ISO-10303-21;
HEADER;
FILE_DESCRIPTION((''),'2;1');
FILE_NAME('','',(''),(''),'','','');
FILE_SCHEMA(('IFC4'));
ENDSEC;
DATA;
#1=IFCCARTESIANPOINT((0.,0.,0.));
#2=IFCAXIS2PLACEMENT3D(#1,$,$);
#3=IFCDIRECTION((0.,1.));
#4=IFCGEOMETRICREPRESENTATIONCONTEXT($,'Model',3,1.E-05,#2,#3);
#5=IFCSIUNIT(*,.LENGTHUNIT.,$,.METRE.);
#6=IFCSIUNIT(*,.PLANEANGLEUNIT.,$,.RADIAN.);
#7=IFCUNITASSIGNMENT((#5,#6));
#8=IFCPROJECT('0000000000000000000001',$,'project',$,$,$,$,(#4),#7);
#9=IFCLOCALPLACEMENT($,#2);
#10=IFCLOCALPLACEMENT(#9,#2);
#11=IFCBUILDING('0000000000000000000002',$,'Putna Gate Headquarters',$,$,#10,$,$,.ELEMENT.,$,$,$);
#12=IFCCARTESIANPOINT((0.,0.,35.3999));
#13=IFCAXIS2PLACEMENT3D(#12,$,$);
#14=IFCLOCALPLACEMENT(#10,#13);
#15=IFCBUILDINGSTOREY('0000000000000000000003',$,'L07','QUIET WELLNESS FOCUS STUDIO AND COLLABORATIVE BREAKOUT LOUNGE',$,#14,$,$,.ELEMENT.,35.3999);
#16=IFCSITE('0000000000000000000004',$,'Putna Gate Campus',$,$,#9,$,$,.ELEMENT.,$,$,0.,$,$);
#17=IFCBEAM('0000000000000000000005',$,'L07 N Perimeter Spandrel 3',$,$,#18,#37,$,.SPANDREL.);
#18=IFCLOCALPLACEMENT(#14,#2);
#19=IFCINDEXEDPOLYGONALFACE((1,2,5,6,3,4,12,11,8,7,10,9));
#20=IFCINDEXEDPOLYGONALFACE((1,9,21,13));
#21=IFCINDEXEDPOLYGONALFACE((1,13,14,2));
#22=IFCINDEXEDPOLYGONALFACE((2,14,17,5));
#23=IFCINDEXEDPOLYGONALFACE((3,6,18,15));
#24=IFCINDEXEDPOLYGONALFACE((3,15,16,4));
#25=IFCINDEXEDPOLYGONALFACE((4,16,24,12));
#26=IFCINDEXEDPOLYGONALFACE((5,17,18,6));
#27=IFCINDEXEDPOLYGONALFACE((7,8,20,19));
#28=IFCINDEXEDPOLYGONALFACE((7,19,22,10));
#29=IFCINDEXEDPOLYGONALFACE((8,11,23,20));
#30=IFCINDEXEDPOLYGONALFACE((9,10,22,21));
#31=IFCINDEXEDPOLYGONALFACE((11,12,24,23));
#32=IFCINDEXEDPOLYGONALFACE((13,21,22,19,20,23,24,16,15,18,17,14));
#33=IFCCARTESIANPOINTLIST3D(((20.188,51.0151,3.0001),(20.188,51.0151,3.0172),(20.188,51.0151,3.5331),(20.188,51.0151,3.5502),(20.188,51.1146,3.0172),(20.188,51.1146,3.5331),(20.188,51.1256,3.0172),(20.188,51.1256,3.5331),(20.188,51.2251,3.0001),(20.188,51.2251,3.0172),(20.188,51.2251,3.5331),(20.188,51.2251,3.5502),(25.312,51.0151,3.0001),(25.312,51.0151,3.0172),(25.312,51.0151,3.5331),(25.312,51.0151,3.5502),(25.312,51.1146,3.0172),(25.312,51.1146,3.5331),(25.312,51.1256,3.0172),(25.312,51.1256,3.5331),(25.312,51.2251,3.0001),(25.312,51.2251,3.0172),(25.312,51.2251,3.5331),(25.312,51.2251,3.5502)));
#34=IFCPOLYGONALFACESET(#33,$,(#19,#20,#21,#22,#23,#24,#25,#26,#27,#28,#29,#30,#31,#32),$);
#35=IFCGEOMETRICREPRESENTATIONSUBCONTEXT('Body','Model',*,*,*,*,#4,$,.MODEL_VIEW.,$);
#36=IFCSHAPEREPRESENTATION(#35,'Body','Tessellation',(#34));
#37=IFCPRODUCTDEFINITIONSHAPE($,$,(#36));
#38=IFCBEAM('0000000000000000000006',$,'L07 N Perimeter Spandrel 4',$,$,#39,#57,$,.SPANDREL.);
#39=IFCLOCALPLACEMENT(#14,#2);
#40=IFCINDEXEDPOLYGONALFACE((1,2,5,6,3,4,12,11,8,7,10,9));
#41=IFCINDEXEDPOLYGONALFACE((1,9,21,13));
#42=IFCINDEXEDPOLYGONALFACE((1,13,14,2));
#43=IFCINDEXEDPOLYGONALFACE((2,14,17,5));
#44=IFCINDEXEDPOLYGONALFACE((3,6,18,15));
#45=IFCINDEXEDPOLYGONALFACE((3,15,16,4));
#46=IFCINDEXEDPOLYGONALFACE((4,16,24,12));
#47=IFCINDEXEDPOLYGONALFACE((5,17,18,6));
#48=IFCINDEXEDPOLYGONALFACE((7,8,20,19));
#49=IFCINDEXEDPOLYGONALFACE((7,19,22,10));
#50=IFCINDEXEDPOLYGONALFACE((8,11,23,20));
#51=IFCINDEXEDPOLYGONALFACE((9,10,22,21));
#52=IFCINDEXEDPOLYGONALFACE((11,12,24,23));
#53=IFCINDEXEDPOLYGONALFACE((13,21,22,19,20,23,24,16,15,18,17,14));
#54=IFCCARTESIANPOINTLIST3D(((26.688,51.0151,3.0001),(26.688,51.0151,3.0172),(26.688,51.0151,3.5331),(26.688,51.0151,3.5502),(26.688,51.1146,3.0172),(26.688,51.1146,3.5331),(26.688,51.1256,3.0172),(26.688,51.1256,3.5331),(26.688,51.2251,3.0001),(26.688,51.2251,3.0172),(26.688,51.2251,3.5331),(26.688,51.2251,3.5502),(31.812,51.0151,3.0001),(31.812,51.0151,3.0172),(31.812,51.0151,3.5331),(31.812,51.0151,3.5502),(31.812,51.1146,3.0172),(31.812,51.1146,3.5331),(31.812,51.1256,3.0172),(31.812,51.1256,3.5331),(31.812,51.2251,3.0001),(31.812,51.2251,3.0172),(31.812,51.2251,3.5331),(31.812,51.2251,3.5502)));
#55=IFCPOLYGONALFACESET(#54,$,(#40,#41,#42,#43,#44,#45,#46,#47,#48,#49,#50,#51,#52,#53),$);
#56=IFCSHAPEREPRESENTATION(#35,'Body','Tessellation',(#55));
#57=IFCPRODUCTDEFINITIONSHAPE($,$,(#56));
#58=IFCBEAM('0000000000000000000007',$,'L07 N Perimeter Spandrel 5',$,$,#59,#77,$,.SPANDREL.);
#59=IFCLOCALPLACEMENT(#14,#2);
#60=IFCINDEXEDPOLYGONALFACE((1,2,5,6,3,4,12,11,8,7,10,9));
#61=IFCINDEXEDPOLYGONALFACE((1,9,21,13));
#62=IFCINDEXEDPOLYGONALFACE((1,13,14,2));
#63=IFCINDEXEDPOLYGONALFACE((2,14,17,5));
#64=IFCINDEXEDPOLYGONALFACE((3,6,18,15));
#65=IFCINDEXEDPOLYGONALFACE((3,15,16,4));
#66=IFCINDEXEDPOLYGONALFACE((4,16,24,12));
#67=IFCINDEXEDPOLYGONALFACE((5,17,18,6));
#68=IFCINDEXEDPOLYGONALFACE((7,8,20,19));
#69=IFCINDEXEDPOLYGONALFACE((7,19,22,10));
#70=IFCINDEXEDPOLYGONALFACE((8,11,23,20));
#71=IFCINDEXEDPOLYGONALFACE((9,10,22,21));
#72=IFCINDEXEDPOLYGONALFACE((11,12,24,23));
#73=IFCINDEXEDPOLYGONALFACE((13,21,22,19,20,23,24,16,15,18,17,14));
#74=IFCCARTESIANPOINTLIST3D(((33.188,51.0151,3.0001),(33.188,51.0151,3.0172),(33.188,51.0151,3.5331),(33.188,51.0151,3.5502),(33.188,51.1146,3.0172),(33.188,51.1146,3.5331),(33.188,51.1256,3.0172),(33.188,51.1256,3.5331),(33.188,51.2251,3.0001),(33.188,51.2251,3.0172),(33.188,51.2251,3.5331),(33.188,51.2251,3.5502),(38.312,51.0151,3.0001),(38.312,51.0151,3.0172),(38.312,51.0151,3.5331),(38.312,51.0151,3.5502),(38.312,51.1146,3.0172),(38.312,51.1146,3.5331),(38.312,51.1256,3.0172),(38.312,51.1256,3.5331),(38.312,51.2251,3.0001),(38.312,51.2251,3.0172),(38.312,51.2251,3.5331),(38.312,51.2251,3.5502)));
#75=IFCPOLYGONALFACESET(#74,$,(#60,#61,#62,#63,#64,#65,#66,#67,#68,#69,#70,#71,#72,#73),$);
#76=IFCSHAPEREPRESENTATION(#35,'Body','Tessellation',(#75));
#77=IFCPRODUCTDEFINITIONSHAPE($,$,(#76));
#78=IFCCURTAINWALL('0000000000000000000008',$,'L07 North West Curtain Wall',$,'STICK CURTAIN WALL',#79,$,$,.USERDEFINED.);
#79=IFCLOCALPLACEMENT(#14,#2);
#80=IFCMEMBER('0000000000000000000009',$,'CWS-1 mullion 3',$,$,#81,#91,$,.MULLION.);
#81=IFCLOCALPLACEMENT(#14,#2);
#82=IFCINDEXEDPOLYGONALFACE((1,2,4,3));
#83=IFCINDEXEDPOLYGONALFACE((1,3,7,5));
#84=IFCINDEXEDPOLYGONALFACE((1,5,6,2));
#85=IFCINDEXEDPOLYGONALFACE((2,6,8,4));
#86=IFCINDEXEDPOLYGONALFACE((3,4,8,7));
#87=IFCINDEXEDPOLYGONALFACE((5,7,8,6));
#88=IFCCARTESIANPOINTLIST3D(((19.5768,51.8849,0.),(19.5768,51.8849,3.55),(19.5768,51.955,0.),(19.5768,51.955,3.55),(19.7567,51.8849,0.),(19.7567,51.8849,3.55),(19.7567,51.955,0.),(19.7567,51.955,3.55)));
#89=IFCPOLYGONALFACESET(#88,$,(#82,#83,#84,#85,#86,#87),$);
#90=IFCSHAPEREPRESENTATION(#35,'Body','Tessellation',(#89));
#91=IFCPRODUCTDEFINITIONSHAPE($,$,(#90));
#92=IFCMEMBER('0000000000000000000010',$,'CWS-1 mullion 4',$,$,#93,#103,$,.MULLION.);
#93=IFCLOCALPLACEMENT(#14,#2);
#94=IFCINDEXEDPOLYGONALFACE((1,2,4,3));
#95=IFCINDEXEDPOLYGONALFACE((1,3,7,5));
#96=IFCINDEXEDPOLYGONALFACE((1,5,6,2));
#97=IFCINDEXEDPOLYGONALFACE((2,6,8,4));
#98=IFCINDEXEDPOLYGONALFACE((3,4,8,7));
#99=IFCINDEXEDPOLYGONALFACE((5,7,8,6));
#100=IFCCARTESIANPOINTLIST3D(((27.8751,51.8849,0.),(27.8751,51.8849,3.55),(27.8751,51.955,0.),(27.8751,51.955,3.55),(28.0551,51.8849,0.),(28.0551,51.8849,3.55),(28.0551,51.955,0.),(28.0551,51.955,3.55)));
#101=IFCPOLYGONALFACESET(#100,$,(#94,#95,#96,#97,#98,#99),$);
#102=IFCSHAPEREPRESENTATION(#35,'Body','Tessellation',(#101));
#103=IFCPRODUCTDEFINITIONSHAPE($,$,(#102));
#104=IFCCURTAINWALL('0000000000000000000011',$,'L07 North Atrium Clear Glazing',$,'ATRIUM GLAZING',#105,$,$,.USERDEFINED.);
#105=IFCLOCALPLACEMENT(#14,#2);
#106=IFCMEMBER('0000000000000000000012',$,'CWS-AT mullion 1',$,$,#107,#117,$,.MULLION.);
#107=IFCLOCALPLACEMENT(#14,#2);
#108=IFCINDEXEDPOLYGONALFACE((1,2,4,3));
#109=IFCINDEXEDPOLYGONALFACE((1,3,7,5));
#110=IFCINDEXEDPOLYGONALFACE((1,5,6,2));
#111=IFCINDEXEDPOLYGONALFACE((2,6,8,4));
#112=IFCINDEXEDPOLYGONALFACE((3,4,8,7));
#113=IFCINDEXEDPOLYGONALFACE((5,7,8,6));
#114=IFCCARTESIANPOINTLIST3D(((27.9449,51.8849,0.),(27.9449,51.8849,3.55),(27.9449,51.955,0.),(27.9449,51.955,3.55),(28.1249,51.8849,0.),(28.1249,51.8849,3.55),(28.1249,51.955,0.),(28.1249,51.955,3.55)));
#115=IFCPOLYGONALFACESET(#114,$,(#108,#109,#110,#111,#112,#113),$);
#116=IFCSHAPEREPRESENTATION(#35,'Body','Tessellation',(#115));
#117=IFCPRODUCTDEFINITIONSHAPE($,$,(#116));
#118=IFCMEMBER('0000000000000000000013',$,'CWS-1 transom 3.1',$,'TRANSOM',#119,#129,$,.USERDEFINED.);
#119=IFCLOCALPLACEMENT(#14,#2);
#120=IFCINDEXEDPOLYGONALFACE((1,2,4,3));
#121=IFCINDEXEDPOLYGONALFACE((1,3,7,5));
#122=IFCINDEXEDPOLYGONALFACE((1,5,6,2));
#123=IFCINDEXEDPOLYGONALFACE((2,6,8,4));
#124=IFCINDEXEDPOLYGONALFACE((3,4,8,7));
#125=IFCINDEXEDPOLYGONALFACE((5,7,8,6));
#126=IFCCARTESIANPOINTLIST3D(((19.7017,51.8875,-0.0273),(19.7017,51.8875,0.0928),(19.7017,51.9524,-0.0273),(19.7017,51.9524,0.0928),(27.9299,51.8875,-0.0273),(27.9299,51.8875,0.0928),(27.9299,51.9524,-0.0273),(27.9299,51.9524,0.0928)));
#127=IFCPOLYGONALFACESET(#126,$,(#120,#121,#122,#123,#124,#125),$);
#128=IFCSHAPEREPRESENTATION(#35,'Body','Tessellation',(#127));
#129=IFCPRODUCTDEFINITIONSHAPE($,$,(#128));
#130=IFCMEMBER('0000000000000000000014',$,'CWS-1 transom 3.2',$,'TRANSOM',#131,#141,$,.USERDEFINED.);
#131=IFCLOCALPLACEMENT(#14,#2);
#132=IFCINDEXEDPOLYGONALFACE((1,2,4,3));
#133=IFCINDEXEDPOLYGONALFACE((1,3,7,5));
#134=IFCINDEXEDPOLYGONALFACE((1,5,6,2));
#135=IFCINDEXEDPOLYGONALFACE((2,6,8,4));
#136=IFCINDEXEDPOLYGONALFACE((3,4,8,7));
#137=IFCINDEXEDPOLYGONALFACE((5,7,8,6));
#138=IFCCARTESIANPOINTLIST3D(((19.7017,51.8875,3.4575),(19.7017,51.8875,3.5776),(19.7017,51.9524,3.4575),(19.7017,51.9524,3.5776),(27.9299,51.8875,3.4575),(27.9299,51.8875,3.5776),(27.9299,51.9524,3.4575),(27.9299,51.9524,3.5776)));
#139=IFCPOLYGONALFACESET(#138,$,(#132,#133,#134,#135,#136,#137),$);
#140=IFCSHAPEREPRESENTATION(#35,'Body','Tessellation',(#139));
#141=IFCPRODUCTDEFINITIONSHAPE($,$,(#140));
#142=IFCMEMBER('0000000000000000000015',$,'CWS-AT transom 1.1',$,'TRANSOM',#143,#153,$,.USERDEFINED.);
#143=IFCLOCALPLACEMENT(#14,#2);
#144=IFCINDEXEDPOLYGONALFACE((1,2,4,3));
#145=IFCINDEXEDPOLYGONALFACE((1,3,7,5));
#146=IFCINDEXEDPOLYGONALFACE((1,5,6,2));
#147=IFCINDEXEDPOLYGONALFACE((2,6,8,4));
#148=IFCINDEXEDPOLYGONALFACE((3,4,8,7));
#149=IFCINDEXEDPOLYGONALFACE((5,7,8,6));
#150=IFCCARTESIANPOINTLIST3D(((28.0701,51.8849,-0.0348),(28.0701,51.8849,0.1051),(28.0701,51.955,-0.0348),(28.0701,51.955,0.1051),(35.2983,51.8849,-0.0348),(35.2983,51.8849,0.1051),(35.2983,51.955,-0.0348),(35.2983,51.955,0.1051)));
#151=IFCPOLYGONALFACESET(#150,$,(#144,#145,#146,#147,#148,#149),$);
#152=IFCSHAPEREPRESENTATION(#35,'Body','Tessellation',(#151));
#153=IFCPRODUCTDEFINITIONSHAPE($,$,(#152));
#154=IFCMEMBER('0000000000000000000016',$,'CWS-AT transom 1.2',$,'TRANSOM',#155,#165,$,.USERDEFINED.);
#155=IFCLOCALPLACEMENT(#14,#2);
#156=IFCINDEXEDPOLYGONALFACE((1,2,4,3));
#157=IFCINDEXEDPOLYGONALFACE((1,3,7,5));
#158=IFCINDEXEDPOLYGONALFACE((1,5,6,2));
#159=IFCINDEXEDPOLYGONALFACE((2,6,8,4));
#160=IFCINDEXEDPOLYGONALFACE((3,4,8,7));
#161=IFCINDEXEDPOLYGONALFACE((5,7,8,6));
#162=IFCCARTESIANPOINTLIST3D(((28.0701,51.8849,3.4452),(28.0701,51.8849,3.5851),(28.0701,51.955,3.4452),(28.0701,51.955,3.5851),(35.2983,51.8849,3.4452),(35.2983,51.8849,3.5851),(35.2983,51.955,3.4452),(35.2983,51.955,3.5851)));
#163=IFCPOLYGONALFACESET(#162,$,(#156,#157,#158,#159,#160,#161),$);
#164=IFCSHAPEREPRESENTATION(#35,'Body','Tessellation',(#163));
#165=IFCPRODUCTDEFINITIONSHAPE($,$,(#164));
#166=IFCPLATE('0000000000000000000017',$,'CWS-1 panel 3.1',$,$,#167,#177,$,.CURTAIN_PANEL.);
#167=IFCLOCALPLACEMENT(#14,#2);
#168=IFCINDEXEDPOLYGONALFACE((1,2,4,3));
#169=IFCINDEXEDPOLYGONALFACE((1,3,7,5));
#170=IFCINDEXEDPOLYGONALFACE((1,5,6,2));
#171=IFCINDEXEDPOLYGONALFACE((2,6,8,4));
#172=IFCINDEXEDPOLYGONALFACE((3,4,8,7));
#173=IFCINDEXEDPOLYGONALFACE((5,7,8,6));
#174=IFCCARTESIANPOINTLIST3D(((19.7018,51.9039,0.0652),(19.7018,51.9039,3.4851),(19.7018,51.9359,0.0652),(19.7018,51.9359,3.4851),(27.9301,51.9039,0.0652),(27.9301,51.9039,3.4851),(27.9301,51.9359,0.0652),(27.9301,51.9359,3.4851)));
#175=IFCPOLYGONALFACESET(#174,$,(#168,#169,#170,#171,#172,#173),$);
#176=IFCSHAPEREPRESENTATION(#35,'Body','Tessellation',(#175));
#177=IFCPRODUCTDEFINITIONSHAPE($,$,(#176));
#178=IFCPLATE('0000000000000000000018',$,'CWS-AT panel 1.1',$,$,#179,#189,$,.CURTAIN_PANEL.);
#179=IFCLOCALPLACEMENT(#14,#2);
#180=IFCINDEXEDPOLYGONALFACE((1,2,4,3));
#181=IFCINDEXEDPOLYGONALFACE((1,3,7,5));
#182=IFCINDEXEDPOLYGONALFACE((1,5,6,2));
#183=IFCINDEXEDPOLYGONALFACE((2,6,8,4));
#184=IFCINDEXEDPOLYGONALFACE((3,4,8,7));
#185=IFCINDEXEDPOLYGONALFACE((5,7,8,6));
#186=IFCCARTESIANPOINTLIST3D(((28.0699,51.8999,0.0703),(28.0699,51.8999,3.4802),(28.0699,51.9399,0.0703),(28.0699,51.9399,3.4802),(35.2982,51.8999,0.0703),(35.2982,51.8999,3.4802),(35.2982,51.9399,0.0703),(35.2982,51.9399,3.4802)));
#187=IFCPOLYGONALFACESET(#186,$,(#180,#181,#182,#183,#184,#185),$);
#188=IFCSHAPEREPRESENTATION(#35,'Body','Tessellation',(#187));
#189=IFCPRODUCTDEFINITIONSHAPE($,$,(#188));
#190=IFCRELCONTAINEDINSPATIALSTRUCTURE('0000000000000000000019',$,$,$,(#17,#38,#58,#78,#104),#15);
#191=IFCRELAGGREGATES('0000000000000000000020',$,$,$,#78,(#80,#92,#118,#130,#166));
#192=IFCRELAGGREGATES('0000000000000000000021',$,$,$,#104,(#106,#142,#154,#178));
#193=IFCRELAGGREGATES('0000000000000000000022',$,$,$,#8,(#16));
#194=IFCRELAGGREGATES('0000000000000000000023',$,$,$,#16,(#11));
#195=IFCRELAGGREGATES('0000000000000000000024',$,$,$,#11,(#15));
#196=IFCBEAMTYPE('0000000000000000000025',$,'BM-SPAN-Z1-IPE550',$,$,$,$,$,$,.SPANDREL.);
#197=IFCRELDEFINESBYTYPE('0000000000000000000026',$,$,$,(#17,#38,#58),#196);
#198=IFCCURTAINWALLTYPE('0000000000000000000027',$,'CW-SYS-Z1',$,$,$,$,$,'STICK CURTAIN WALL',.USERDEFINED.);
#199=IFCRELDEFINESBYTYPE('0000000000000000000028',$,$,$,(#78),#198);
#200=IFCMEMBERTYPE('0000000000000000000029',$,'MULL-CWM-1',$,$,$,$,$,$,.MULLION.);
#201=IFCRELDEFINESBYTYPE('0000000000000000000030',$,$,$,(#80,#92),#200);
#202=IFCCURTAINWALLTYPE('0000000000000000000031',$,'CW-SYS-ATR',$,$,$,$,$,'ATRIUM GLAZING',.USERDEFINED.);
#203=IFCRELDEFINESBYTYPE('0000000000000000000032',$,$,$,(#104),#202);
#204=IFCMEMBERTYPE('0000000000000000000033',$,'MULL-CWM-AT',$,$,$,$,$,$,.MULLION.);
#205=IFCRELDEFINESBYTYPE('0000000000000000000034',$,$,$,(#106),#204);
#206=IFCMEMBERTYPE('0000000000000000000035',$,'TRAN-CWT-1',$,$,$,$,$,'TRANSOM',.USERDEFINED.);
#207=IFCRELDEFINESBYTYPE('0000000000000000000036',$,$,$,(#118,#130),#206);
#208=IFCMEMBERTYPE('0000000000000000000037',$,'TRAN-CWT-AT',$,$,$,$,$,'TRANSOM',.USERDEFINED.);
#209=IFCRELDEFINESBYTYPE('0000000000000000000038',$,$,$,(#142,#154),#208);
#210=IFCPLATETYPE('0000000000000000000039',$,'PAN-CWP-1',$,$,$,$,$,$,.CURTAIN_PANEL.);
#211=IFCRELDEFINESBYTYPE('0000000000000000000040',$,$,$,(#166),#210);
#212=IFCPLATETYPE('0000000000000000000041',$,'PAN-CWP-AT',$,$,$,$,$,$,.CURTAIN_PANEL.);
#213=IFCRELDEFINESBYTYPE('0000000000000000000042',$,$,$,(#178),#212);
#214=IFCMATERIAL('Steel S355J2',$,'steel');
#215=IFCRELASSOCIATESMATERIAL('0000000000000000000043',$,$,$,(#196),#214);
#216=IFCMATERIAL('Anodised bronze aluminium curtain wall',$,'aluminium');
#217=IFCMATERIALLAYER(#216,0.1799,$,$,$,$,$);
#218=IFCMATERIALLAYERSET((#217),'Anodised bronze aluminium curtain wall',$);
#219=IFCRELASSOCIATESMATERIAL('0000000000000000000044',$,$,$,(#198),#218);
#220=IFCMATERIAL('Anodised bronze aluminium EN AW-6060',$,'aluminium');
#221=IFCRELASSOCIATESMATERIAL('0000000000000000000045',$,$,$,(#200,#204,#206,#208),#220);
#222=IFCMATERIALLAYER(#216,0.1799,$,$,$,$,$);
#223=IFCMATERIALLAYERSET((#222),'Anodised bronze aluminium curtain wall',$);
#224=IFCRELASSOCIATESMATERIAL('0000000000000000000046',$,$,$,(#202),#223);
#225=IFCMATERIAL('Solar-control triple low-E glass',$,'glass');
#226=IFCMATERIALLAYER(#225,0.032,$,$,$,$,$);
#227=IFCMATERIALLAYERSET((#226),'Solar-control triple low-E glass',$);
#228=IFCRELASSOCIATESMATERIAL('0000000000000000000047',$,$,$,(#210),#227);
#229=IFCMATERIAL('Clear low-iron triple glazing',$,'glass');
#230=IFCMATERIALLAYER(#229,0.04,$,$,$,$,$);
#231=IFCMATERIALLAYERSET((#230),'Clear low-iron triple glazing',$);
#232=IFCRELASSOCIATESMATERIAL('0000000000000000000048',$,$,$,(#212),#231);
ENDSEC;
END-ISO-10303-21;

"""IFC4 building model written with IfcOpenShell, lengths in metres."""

from ifc_helpers import new_model, si_unit, direction, frame, origin, origin_2d, place, context, subcontext, project, spatial, rectangle, i_section, extrude, material, layer, layer_set, material_profile, profile_set, type_object, element, aggregate, save


model = new_model("IFC4")

# Units and contexts
model_context = context("Model", 3, precision=1e-05, world=origin(), true_north=direction((0.0, 1.0)))
body_context = subcontext(model_context, "Body", "Model", "MODEL_VIEW")
ifc_project = project(units=[si_unit("LENGTHUNIT", "METRE"), si_unit("PLANEANGLEUNIT", "RADIAN")], contexts=[model_context])

# Site, building, storey
site_placement = place(None, origin())
site = spatial("IfcSite", under=ifc_project, at=site_placement, Name="Putna Gate Campus", CompositionType="ELEMENT", RefElevation=0.0)
building_placement = place(site_placement, origin())
building = spatial("IfcBuilding", under=site, at=building_placement, Name="Putna Gate Headquarters", CompositionType="ELEMENT")
storey_placement = place(building_placement, frame((0.0, 0.0, 35.3999)))
storey = spatial("IfcBuildingStorey", under=building, at=storey_placement, Name="L07", Description="QUIET WELLNESS FOCUS STUDIO AND COLLABORATIVE BREAKOUT LOUNGE", CompositionType="ELEMENT", Elevation=35.3999)

# Beams
ifc_material_1 = material(Name="Steel S355J2", Category="steel")
ifc_material_profile_1 = material_profile(ifc_material_1, i_section(OverallWidth=0.21, OverallDepth=0.55, WebThickness=0.011, FlangeThickness=0.0171, at=origin_2d()), Name="Steel S355J2")
ifc_profile_set_1 = profile_set([ifc_material_profile_1], Name="Steel S355J2")
beam_type_1 = type_object("IfcBeamType", Name="BM-SPAN-Z1-IPE550", PredefinedType="SPANDREL", material=ifc_profile_set_1)
for number, where, z_axis, x_axis, name in (
    (1, (20.188, 51.1201, 3.2751), (1.0, 0.0, 0.0), (0.0, 1.0, 0.0), "L07 N Perimeter Spandrel 3"),
    (2, (26.688, 51.1201, 3.2751), (1.0, 0.0, 0.0), (0.0, 1.0, 0.0), "L07 N Perimeter Spandrel 4"),
    (3, (33.188, 51.1201, 3.2751), (1.0, 0.0, 0.0), (0.0, 1.0, 0.0), "L07 N Perimeter Spandrel 5"),
):
    element("IfcBeam", number, at=place(storey_placement, frame(where, z_axis=z_axis, x_axis=x_axis)), inside=storey, type_object=beam_type_1, Name=name, PredefinedType="SPANDREL", context=body_context, shape_type="SweptSolid", body=[
        extrude(i_section(OverallWidth=0.21, OverallDepth=0.55, WebThickness=0.011, FlangeThickness=0.0171, at=origin_2d()), origin(), (0.0, 0.0, 1.0), 5.124),
    ])

# Curtain wall, members
ifc_material_2 = material(Name="Anodised bronze aluminium curtain wall", Category="aluminium")
ifc_layer_1 = layer(ifc_material_2, 0.1799)
ifc_layer_set_1 = layer_set([ifc_layer_1], Name="Anodised bronze aluminium curtain wall")
curtain_wall_type_1 = type_object("IfcCurtainWallType", Name="CW-SYS-Z1", ElementType="STICK CURTAIN WALL", PredefinedType="USERDEFINED", material=ifc_layer_set_1)
curtain_wall_1_placement = place(storey_placement, origin())
curtain_wall_1 = element("IfcCurtainWall", 4, at=curtain_wall_1_placement, inside=storey, type_object=curtain_wall_type_1, Name="L07 North West Curtain Wall", ObjectType="STICK CURTAIN WALL", PredefinedType="USERDEFINED")
ifc_material_3 = material(Name="Anodised bronze aluminium EN AW-6060", Category="aluminium")
ifc_material_profile_2 = material_profile(ifc_material_3, rectangle(XDim=0.0701, YDim=0.1799, at=origin_2d()), Name="Anodised bronze aluminium EN AW-6060")
ifc_profile_set_2 = profile_set([ifc_material_profile_2], Name="Anodised bronze aluminium EN AW-6060")
member_type_1 = type_object("IfcMemberType", Name="MULL-CWM-1", PredefinedType="MULLION", material=ifc_profile_set_2)
member_1_placement = place(storey_placement, frame((19.6667, 51.9199, 0.0), z_axis=(0.0, 0.0, 1.0), x_axis=(0.0, 1.0, 0.0)))
member_1 = element("IfcMember", 5, at=member_1_placement, type_object=member_type_1, Name="CWS-1 mullion 3", PredefinedType="MULLION", context=body_context, shape_type="SweptSolid", body=[
    extrude(rectangle(XDim=0.0701, YDim=0.1799, at=origin_2d()), origin(), (0.0, 0.0, 1.0), 3.55),
])
member_2_placement = place(storey_placement, frame((27.9651, 51.9199, 0.0), z_axis=(0.0, 0.0, 1.0), x_axis=(0.0, 1.0, 0.0)))
member_2 = element("IfcMember", 6, at=member_2_placement, type_object=member_type_1, Name="CWS-1 mullion 4", PredefinedType="MULLION", context=body_context, shape_type="SweptSolid", body=[
    extrude(rectangle(XDim=0.0701, YDim=0.1799, at=origin_2d()), origin(), (0.0, 0.0, 1.0), 3.55),
])

# Curtain wall, member
ifc_layer_2 = layer(ifc_material_2, 0.1799)
ifc_layer_set_2 = layer_set([ifc_layer_2], Name="Anodised bronze aluminium curtain wall")
curtain_wall_type_2 = type_object("IfcCurtainWallType", Name="CW-SYS-ATR", ElementType="ATRIUM GLAZING", PredefinedType="USERDEFINED", material=ifc_layer_set_2)
curtain_wall_2_placement = place(storey_placement, origin())
curtain_wall_2 = element("IfcCurtainWall", 7, at=curtain_wall_2_placement, inside=storey, type_object=curtain_wall_type_2, Name="L07 North Atrium Clear Glazing", ObjectType="ATRIUM GLAZING", PredefinedType="USERDEFINED")
ifc_material_profile_3 = material_profile(ifc_material_3, rectangle(XDim=0.0701, YDim=0.1799, at=origin_2d()), Name="Anodised bronze aluminium EN AW-6060")
ifc_profile_set_3 = profile_set([ifc_material_profile_3], Name="Anodised bronze aluminium EN AW-6060")
member_type_2 = type_object("IfcMemberType", Name="MULL-CWM-AT", PredefinedType="MULLION", material=ifc_profile_set_3)
member_3_placement = place(storey_placement, frame((28.0349, 51.9199, 0.0), z_axis=(0.0, 0.0, 1.0), x_axis=(0.0, 1.0, 0.0)))
member_3 = element("IfcMember", 8, at=member_3_placement, type_object=member_type_2, Name="CWS-AT mullion 1", PredefinedType="MULLION", context=body_context, shape_type="SweptSolid", body=[
    extrude(rectangle(XDim=0.0701, YDim=0.1799, at=origin_2d()), origin(), (0.0, 0.0, 1.0), 3.55),
])

# Members
ifc_material_profile_4 = material_profile(ifc_material_3, rectangle(XDim=0.0649, YDim=0.1201, at=origin_2d()), Name="Anodised bronze aluminium EN AW-6060")
ifc_profile_set_4 = profile_set([ifc_material_profile_4], Name="Anodised bronze aluminium EN AW-6060")
member_type_3 = type_object("IfcMemberType", Name="TRAN-CWT-1", ElementType="TRANSOM", PredefinedType="USERDEFINED", material=ifc_profile_set_4)
member_4_placement = place(storey_placement, frame((19.7017, 51.9199, 0.0327), z_axis=(1.0, 0.0, 0.0), x_axis=(0.0, 1.0, 0.0)))
member_4 = element("IfcMember", 9, at=member_4_placement, type_object=member_type_3, Name="CWS-1 transom 3.1", ObjectType="TRANSOM", PredefinedType="USERDEFINED", context=body_context, shape_type="SweptSolid", body=[
    extrude(rectangle(XDim=0.0649, YDim=0.1201, at=origin_2d()), origin(), (0.0, 0.0, 1.0), 8.2283),
])
member_5_placement = place(storey_placement, frame((19.7017, 51.9199, 3.5176), z_axis=(1.0, 0.0, 0.0), x_axis=(0.0, 1.0, 0.0)))
member_5 = element("IfcMember", 10, at=member_5_placement, type_object=member_type_3, Name="CWS-1 transom 3.2", ObjectType="TRANSOM", PredefinedType="USERDEFINED", context=body_context, shape_type="SweptSolid", body=[
    extrude(rectangle(XDim=0.0649, YDim=0.1201, at=origin_2d()), origin(), (0.0, 0.0, 1.0), 8.2283),
])
ifc_material_profile_5 = material_profile(ifc_material_3, rectangle(XDim=0.0701, YDim=0.1399, at=origin_2d()), Name="Anodised bronze aluminium EN AW-6060")
ifc_profile_set_5 = profile_set([ifc_material_profile_5], Name="Anodised bronze aluminium EN AW-6060")
member_type_4 = type_object("IfcMemberType", Name="TRAN-CWT-AT", ElementType="TRANSOM", PredefinedType="USERDEFINED", material=ifc_profile_set_5)
member_6_placement = place(storey_placement, frame((28.0701, 51.9199, 0.0352), z_axis=(1.0, 0.0, 0.0), x_axis=(0.0, 1.0, 0.0)))
member_6 = element("IfcMember", 11, at=member_6_placement, type_object=member_type_4, Name="CWS-AT transom 1.1", ObjectType="TRANSOM", PredefinedType="USERDEFINED", context=body_context, shape_type="SweptSolid", body=[
    extrude(rectangle(XDim=0.0701, YDim=0.1399, at=origin_2d()), origin(), (0.0, 0.0, 1.0), 7.2283),
])
member_7_placement = place(storey_placement, frame((28.0701, 51.9199, 3.5151), z_axis=(1.0, 0.0, 0.0), x_axis=(0.0, 1.0, 0.0)))
member_7 = element("IfcMember", 12, at=member_7_placement, type_object=member_type_4, Name="CWS-AT transom 1.2", ObjectType="TRANSOM", PredefinedType="USERDEFINED", context=body_context, shape_type="SweptSolid", body=[
    extrude(rectangle(XDim=0.0701, YDim=0.1399, at=origin_2d()), origin(), (0.0, 0.0, 1.0), 7.2283),
])

# Plates
ifc_material_4 = material(Name="Solar-control triple low-E glass", Category="glass")
ifc_layer_3 = layer(ifc_material_4, 0.032)
ifc_layer_set_3 = layer_set([ifc_layer_3], Name="Solar-control triple low-E glass")
plate_type_1 = type_object("IfcPlateType", Name="PAN-CWP-1", PredefinedType="CURTAIN_PANEL", material=ifc_layer_set_3)
plate_1_placement = place(storey_placement, frame((23.8159, 51.9199, 0.0652), z_axis=(0.0, 0.0, 1.0), x_axis=(1.0, 0.0, 0.0)))
plate_1 = element("IfcPlate", 13, at=plate_1_placement, type_object=plate_type_1, Name="CWS-1 panel 3.1", PredefinedType="CURTAIN_PANEL", context=body_context, shape_type="SweptSolid", body=[
    extrude(rectangle(XDim=8.2283, YDim=0.032, at=origin_2d()), origin(), (0.0, 0.0, 1.0), 3.4199),
])
aggregate(curtain_wall_1, [member_1, member_2, member_4, member_5, plate_1])
ifc_material_5 = material(Name="Clear low-iron triple glazing", Category="glass")
ifc_layer_4 = layer(ifc_material_5, 0.04)
ifc_layer_set_4 = layer_set([ifc_layer_4], Name="Clear low-iron triple glazing")
plate_type_2 = type_object("IfcPlateType", Name="PAN-CWP-AT", PredefinedType="CURTAIN_PANEL", material=ifc_layer_set_4)
plate_2_placement = place(storey_placement, frame((31.6841, 51.9199, 0.0703), z_axis=(0.0, 0.0, 1.0), x_axis=(1.0, 0.0, 0.0)))
plate_2 = element("IfcPlate", 14, at=plate_2_placement, type_object=plate_type_2, Name="CWS-AT panel 1.1", PredefinedType="CURTAIN_PANEL", context=body_context, shape_type="SweptSolid", body=[
    extrude(rectangle(XDim=7.2283, YDim=0.04, at=origin_2d()), origin(), (0.0, 0.0, 1.0), 3.4099),
])
aggregate(curtain_wall_2, [member_3, member_6, member_7, plate_2])

save(model, "model.ifc")
